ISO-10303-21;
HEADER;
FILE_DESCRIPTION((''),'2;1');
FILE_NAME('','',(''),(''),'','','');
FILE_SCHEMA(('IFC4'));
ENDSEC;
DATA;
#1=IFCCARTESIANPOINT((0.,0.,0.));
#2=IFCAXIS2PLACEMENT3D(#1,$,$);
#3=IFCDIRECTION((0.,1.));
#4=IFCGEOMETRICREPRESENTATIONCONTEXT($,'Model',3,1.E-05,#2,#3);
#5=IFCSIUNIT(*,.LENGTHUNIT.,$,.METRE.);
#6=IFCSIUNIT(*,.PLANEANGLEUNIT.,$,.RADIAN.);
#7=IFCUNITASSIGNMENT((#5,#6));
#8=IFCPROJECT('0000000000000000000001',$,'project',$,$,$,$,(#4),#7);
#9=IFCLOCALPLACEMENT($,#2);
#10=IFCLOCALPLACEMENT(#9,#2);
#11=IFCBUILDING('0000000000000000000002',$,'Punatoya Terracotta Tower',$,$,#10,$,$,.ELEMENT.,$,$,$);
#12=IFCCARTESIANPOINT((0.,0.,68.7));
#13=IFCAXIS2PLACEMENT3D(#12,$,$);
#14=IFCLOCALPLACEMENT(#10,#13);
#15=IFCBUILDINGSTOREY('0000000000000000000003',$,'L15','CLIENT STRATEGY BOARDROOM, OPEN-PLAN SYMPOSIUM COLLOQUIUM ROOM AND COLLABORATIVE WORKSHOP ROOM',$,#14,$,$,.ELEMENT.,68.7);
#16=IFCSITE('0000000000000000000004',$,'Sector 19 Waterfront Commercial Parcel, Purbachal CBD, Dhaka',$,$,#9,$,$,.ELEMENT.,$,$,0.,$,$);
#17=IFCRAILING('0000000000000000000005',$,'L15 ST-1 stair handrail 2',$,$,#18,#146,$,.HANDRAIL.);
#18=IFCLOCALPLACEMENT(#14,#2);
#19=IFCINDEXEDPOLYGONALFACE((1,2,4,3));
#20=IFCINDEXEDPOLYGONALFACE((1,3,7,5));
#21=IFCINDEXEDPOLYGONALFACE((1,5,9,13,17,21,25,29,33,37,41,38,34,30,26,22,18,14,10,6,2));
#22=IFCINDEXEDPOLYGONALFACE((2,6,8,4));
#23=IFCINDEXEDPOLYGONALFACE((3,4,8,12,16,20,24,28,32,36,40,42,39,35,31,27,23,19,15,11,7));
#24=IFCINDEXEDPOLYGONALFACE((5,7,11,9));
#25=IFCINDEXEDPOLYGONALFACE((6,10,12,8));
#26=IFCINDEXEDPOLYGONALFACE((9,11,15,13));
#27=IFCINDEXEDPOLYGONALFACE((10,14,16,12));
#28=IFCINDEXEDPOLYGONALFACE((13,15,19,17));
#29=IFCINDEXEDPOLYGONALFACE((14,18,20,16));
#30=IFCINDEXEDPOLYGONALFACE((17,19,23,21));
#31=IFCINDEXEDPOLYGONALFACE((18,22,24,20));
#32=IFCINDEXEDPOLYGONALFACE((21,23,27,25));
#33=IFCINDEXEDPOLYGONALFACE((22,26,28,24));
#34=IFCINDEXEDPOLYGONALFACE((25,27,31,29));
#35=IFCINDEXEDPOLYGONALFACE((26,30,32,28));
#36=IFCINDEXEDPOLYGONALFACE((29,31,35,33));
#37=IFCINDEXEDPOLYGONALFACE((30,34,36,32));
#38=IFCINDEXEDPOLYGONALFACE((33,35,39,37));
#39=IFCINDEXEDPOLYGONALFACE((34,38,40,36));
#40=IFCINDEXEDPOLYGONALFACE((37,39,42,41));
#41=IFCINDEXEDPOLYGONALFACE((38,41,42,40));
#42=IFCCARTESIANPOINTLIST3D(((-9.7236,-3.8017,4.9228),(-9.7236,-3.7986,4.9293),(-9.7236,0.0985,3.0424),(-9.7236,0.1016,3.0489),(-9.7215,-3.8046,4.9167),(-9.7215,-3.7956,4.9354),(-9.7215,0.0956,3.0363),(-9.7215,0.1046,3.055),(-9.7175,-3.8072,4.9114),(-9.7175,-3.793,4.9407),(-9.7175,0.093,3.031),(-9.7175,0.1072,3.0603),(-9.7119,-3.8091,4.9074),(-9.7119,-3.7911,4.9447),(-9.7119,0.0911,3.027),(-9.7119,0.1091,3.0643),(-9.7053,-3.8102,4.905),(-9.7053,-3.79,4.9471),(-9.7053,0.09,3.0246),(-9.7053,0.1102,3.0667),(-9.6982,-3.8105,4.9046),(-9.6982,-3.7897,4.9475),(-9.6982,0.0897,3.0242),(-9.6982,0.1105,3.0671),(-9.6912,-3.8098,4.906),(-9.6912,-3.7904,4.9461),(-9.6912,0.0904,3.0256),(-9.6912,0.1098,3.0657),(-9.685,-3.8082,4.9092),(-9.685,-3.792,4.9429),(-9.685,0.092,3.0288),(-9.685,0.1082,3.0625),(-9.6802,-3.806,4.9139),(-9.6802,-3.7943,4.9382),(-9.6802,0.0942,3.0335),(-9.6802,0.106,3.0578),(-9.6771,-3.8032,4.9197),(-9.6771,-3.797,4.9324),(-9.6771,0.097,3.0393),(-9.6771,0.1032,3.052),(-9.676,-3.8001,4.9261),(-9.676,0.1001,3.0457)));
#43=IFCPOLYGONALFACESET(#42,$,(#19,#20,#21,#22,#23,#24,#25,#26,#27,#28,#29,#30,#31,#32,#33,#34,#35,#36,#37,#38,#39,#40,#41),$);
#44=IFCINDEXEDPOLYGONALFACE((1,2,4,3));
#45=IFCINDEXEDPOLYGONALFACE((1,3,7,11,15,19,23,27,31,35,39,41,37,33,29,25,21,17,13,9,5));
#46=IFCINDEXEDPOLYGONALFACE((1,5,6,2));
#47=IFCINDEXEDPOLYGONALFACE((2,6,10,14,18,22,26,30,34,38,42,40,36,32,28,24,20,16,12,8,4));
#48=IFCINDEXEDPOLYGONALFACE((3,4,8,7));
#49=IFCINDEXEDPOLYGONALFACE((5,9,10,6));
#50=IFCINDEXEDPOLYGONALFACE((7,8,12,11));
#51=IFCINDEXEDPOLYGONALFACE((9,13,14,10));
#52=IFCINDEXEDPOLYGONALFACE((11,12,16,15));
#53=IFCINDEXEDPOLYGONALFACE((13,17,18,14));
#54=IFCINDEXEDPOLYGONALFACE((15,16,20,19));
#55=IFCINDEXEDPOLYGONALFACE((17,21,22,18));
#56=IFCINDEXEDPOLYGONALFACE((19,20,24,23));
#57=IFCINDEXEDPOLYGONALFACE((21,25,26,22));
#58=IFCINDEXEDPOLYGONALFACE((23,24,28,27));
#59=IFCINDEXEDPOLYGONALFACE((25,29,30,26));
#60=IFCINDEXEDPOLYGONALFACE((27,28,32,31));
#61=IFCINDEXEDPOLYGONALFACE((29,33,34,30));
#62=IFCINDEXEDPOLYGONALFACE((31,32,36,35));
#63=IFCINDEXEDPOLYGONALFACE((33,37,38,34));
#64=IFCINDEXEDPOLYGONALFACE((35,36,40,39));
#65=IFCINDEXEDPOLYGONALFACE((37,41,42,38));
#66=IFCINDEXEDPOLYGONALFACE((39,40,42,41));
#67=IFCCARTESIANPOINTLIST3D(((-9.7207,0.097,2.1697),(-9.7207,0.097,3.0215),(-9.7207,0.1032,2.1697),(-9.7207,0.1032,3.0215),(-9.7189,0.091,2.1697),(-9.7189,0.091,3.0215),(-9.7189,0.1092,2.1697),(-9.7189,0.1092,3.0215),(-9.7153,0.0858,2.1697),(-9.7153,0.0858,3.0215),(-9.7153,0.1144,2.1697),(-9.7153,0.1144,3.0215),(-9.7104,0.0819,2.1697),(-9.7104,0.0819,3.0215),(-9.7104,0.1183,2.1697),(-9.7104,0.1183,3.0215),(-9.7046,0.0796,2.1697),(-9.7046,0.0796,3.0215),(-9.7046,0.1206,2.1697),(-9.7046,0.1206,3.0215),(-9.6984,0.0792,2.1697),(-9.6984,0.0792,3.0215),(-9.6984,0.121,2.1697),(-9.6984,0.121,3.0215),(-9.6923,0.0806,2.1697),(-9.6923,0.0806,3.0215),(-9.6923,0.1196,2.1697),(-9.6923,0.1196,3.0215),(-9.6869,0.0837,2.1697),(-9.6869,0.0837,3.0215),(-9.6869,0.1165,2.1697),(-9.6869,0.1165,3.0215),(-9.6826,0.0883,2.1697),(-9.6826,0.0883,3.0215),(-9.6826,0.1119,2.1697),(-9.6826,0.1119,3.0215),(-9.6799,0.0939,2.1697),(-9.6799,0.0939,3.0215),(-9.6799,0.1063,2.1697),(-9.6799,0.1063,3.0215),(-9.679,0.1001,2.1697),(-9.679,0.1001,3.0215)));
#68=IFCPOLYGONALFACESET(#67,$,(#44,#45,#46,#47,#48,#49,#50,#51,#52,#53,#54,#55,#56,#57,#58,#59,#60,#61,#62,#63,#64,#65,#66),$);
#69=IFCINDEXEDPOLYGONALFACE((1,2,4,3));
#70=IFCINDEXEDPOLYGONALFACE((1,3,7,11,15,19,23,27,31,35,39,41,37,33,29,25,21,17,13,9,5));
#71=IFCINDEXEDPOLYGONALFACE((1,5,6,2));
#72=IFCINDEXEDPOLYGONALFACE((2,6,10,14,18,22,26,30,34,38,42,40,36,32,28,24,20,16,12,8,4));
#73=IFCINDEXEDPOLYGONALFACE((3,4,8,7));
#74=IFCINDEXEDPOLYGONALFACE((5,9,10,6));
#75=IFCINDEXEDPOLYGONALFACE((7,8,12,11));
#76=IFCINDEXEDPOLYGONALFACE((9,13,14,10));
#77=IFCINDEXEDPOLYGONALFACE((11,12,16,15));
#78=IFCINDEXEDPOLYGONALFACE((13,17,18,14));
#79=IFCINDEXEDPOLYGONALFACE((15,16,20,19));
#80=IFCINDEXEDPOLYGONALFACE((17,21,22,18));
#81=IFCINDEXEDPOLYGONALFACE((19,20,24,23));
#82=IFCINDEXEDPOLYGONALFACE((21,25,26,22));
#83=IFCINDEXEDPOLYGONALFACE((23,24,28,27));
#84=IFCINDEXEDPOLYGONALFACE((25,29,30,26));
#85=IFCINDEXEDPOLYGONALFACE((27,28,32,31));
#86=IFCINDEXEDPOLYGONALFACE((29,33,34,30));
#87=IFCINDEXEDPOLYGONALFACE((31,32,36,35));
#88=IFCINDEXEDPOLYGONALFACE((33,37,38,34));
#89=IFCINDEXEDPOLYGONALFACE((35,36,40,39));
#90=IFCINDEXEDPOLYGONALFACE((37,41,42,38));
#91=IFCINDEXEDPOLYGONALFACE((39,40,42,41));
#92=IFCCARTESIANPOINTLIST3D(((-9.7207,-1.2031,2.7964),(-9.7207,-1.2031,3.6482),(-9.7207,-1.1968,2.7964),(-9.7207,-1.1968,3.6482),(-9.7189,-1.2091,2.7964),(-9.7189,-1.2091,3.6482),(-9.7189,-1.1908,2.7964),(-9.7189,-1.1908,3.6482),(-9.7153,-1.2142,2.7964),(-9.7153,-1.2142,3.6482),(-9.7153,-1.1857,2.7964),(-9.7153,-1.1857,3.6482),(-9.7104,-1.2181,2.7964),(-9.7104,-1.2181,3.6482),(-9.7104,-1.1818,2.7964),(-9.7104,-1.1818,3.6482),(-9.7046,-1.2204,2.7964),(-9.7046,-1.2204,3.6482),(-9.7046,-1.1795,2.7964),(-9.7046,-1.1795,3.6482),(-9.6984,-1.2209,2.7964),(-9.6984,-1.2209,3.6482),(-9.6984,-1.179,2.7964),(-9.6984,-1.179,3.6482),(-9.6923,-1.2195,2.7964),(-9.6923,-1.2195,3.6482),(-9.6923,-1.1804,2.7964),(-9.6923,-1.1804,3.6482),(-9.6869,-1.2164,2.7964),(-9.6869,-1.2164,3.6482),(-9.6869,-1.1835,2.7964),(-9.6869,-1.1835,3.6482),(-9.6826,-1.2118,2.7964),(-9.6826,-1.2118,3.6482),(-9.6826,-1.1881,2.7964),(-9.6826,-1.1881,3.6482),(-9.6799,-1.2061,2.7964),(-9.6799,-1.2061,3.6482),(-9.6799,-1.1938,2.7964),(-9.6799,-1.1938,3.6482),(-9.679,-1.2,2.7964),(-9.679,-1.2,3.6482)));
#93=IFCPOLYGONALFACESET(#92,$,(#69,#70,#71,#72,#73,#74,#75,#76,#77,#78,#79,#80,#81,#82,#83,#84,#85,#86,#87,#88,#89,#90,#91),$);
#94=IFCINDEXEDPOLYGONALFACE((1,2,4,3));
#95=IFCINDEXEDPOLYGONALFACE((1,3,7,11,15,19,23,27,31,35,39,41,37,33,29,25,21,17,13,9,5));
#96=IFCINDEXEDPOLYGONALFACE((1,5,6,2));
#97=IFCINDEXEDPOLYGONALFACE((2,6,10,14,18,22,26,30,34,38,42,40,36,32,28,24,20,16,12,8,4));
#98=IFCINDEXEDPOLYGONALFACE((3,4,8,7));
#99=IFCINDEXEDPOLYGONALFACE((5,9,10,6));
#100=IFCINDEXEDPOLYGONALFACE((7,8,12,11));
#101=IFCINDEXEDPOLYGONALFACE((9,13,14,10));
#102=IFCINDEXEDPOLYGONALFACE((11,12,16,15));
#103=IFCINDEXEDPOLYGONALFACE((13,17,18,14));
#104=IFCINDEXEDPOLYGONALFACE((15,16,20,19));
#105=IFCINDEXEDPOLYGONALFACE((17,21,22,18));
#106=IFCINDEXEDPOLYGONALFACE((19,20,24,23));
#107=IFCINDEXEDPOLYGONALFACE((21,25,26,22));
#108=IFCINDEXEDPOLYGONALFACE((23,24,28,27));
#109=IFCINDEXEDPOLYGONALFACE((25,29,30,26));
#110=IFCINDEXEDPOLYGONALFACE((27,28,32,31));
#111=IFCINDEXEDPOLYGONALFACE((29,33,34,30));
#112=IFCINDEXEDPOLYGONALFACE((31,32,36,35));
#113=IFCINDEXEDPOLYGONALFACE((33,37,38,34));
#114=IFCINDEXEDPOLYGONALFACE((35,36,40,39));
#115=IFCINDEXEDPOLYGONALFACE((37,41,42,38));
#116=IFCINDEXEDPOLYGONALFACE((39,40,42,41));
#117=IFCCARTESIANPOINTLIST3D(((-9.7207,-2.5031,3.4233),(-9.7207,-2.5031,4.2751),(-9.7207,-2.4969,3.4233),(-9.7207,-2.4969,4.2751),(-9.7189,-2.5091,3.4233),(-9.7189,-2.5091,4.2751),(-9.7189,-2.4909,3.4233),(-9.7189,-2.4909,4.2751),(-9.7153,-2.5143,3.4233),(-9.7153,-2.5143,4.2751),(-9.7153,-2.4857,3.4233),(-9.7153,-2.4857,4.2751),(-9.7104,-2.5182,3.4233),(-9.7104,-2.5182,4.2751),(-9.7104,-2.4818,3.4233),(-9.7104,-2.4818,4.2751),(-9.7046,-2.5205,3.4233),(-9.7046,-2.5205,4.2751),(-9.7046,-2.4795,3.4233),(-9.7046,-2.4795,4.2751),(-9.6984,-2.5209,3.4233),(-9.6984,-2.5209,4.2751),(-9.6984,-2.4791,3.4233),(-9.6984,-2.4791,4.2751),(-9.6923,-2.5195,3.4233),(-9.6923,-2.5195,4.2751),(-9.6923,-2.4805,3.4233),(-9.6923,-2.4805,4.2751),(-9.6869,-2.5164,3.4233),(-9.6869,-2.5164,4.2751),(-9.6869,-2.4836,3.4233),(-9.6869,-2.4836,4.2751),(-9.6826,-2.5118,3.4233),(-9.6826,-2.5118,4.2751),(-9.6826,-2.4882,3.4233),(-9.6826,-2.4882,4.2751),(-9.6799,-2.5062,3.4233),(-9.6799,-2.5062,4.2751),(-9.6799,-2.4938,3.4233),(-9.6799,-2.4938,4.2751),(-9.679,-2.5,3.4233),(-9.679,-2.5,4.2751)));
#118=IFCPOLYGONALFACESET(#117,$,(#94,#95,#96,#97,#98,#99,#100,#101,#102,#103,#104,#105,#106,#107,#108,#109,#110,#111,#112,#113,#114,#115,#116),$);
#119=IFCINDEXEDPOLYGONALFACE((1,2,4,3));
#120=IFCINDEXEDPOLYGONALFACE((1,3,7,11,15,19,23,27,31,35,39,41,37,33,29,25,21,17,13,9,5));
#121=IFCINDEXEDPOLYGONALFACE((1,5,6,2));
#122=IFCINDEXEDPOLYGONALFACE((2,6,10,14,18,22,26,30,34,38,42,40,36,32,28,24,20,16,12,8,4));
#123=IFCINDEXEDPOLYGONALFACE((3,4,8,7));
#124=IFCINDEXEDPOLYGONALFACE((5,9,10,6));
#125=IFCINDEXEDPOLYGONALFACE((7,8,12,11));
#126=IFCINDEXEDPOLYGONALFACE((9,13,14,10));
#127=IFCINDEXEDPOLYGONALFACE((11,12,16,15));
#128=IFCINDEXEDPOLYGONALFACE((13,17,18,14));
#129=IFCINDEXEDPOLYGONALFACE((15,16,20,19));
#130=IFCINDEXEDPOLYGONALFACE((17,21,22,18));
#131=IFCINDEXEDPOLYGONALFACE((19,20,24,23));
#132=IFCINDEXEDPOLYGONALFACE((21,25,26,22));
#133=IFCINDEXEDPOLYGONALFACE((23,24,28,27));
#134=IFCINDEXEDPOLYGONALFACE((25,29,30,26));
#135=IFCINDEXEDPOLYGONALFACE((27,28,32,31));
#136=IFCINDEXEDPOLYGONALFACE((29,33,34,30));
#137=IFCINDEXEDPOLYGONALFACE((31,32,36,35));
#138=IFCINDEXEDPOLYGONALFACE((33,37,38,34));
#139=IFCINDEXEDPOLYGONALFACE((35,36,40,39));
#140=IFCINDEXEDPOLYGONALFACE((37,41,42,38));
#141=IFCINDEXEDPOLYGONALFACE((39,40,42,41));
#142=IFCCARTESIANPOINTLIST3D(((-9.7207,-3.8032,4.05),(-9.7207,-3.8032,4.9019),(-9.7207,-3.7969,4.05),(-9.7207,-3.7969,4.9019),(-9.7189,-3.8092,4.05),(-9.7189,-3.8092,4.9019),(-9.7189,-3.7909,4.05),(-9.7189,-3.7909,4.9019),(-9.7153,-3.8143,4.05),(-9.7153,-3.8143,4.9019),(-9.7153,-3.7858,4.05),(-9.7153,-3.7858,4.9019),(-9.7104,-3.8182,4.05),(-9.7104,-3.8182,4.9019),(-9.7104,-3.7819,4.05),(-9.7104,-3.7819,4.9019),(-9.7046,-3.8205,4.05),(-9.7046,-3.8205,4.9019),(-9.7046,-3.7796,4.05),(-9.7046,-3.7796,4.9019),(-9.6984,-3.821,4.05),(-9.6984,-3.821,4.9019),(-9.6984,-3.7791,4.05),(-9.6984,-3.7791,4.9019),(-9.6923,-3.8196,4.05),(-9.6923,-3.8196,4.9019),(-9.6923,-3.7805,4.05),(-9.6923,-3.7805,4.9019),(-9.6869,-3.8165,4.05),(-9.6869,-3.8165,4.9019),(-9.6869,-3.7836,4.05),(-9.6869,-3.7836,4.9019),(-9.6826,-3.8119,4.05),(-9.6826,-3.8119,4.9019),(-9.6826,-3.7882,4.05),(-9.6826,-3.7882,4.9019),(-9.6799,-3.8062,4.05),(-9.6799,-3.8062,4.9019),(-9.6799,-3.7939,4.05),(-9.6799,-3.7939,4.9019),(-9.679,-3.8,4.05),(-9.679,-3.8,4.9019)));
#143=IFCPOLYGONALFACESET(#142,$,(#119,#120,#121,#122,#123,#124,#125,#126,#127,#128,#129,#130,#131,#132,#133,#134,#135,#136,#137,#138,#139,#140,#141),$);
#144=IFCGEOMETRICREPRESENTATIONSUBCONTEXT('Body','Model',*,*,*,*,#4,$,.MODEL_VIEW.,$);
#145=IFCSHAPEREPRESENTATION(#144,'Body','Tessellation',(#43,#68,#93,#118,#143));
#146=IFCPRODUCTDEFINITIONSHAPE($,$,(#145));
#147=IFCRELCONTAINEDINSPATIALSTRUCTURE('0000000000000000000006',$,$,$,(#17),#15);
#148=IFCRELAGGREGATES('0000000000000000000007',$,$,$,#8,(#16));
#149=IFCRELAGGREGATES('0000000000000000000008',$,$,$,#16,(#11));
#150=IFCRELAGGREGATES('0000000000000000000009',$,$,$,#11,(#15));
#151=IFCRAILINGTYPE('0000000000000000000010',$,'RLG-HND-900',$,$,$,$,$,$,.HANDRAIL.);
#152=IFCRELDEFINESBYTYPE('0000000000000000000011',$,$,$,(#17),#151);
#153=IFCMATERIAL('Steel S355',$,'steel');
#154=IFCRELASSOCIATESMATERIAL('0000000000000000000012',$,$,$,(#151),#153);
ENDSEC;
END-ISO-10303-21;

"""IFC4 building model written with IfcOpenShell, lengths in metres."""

from ifc_helpers import new_model, si_unit, direction, frame, origin, origin_2d, place, context, subcontext, project, spatial, circle, extrude, material, type_object, element, save


model = new_model("IFC4")

# Units and contexts
model_context = context("Model", 3, precision=1e-05, world=origin(), true_north=direction((0.0, 1.0)))
body_context = subcontext(model_context, "Body", "Model", "MODEL_VIEW")
ifc_project = project(units=[si_unit("LENGTHUNIT", "METRE"), si_unit("PLANEANGLEUNIT", "RADIAN")], contexts=[model_context])

# Site, building, storey
site_placement = place(None, origin())
site = spatial("IfcSite", under=ifc_project, at=site_placement, Name="Sector 19 Waterfront Commercial Parcel, Purbachal CBD, Dhaka", CompositionType="ELEMENT", RefElevation=0.0)
building_placement = place(site_placement, origin())
building = spatial("IfcBuilding", under=site, at=building_placement, Name="Punatoya Terracotta Tower", CompositionType="ELEMENT")
storey_placement = place(building_placement, frame((0.0, 0.0, 68.7)))
storey = spatial("IfcBuildingStorey", under=building, at=storey_placement, Name="L15", Description="CLIENT STRATEGY BOARDROOM, OPEN-PLAN SYMPOSIUM COLLOQUIUM ROOM AND COLLABORATIVE WORKSHOP ROOM", CompositionType="ELEMENT", Elevation=68.7)

# Shared definitions
ifc_material_1 = material(Name="Steel S355", Category="steel")

# Railing
railing_type_1 = type_object("IfcRailingType", Name="RLG-HND-900", PredefinedType="HANDRAIL", material=ifc_material_1)
railing_1_placement = place(storey_placement, frame((-9.7, 0.1001, 2.1697)))
element("IfcRailing", 1, at=railing_1_placement, inside=storey, type_object=railing_type_1, Name="L15 ST-1 stair handrail 2", PredefinedType="HANDRAIL", context=body_context, shape_type="SweptSolid", body=[
    extrude(circle(Radius=0.0239, at=origin_2d()), frame((0.0, 0.0, 0.876), z_axis=(0.0, -0.900774, 0.434289), x_axis=(1.0, 0.0, 0.0)), (0.0, 0.0, 1.0), 4.3298),
    extrude(circle(Radius=0.021, at=origin_2d()), origin(), (0.0, 0.0, 1.0), 0.8518),
    extrude(circle(Radius=0.021, at=origin_2d()), frame((0.0, -1.3, 0.6267)), (0.0, 0.0, 1.0), 0.8518),
    extrude(circle(Radius=0.021, at=origin_2d()), frame((0.0, -2.6001, 1.2537)), (0.0, 0.0, 1.0), 0.8518),
    extrude(circle(Radius=0.021, at=origin_2d()), frame((0.0, -3.9001, 1.8804)), (0.0, 0.0, 1.0), 0.8518),
])

save(model, "model.ifc")
